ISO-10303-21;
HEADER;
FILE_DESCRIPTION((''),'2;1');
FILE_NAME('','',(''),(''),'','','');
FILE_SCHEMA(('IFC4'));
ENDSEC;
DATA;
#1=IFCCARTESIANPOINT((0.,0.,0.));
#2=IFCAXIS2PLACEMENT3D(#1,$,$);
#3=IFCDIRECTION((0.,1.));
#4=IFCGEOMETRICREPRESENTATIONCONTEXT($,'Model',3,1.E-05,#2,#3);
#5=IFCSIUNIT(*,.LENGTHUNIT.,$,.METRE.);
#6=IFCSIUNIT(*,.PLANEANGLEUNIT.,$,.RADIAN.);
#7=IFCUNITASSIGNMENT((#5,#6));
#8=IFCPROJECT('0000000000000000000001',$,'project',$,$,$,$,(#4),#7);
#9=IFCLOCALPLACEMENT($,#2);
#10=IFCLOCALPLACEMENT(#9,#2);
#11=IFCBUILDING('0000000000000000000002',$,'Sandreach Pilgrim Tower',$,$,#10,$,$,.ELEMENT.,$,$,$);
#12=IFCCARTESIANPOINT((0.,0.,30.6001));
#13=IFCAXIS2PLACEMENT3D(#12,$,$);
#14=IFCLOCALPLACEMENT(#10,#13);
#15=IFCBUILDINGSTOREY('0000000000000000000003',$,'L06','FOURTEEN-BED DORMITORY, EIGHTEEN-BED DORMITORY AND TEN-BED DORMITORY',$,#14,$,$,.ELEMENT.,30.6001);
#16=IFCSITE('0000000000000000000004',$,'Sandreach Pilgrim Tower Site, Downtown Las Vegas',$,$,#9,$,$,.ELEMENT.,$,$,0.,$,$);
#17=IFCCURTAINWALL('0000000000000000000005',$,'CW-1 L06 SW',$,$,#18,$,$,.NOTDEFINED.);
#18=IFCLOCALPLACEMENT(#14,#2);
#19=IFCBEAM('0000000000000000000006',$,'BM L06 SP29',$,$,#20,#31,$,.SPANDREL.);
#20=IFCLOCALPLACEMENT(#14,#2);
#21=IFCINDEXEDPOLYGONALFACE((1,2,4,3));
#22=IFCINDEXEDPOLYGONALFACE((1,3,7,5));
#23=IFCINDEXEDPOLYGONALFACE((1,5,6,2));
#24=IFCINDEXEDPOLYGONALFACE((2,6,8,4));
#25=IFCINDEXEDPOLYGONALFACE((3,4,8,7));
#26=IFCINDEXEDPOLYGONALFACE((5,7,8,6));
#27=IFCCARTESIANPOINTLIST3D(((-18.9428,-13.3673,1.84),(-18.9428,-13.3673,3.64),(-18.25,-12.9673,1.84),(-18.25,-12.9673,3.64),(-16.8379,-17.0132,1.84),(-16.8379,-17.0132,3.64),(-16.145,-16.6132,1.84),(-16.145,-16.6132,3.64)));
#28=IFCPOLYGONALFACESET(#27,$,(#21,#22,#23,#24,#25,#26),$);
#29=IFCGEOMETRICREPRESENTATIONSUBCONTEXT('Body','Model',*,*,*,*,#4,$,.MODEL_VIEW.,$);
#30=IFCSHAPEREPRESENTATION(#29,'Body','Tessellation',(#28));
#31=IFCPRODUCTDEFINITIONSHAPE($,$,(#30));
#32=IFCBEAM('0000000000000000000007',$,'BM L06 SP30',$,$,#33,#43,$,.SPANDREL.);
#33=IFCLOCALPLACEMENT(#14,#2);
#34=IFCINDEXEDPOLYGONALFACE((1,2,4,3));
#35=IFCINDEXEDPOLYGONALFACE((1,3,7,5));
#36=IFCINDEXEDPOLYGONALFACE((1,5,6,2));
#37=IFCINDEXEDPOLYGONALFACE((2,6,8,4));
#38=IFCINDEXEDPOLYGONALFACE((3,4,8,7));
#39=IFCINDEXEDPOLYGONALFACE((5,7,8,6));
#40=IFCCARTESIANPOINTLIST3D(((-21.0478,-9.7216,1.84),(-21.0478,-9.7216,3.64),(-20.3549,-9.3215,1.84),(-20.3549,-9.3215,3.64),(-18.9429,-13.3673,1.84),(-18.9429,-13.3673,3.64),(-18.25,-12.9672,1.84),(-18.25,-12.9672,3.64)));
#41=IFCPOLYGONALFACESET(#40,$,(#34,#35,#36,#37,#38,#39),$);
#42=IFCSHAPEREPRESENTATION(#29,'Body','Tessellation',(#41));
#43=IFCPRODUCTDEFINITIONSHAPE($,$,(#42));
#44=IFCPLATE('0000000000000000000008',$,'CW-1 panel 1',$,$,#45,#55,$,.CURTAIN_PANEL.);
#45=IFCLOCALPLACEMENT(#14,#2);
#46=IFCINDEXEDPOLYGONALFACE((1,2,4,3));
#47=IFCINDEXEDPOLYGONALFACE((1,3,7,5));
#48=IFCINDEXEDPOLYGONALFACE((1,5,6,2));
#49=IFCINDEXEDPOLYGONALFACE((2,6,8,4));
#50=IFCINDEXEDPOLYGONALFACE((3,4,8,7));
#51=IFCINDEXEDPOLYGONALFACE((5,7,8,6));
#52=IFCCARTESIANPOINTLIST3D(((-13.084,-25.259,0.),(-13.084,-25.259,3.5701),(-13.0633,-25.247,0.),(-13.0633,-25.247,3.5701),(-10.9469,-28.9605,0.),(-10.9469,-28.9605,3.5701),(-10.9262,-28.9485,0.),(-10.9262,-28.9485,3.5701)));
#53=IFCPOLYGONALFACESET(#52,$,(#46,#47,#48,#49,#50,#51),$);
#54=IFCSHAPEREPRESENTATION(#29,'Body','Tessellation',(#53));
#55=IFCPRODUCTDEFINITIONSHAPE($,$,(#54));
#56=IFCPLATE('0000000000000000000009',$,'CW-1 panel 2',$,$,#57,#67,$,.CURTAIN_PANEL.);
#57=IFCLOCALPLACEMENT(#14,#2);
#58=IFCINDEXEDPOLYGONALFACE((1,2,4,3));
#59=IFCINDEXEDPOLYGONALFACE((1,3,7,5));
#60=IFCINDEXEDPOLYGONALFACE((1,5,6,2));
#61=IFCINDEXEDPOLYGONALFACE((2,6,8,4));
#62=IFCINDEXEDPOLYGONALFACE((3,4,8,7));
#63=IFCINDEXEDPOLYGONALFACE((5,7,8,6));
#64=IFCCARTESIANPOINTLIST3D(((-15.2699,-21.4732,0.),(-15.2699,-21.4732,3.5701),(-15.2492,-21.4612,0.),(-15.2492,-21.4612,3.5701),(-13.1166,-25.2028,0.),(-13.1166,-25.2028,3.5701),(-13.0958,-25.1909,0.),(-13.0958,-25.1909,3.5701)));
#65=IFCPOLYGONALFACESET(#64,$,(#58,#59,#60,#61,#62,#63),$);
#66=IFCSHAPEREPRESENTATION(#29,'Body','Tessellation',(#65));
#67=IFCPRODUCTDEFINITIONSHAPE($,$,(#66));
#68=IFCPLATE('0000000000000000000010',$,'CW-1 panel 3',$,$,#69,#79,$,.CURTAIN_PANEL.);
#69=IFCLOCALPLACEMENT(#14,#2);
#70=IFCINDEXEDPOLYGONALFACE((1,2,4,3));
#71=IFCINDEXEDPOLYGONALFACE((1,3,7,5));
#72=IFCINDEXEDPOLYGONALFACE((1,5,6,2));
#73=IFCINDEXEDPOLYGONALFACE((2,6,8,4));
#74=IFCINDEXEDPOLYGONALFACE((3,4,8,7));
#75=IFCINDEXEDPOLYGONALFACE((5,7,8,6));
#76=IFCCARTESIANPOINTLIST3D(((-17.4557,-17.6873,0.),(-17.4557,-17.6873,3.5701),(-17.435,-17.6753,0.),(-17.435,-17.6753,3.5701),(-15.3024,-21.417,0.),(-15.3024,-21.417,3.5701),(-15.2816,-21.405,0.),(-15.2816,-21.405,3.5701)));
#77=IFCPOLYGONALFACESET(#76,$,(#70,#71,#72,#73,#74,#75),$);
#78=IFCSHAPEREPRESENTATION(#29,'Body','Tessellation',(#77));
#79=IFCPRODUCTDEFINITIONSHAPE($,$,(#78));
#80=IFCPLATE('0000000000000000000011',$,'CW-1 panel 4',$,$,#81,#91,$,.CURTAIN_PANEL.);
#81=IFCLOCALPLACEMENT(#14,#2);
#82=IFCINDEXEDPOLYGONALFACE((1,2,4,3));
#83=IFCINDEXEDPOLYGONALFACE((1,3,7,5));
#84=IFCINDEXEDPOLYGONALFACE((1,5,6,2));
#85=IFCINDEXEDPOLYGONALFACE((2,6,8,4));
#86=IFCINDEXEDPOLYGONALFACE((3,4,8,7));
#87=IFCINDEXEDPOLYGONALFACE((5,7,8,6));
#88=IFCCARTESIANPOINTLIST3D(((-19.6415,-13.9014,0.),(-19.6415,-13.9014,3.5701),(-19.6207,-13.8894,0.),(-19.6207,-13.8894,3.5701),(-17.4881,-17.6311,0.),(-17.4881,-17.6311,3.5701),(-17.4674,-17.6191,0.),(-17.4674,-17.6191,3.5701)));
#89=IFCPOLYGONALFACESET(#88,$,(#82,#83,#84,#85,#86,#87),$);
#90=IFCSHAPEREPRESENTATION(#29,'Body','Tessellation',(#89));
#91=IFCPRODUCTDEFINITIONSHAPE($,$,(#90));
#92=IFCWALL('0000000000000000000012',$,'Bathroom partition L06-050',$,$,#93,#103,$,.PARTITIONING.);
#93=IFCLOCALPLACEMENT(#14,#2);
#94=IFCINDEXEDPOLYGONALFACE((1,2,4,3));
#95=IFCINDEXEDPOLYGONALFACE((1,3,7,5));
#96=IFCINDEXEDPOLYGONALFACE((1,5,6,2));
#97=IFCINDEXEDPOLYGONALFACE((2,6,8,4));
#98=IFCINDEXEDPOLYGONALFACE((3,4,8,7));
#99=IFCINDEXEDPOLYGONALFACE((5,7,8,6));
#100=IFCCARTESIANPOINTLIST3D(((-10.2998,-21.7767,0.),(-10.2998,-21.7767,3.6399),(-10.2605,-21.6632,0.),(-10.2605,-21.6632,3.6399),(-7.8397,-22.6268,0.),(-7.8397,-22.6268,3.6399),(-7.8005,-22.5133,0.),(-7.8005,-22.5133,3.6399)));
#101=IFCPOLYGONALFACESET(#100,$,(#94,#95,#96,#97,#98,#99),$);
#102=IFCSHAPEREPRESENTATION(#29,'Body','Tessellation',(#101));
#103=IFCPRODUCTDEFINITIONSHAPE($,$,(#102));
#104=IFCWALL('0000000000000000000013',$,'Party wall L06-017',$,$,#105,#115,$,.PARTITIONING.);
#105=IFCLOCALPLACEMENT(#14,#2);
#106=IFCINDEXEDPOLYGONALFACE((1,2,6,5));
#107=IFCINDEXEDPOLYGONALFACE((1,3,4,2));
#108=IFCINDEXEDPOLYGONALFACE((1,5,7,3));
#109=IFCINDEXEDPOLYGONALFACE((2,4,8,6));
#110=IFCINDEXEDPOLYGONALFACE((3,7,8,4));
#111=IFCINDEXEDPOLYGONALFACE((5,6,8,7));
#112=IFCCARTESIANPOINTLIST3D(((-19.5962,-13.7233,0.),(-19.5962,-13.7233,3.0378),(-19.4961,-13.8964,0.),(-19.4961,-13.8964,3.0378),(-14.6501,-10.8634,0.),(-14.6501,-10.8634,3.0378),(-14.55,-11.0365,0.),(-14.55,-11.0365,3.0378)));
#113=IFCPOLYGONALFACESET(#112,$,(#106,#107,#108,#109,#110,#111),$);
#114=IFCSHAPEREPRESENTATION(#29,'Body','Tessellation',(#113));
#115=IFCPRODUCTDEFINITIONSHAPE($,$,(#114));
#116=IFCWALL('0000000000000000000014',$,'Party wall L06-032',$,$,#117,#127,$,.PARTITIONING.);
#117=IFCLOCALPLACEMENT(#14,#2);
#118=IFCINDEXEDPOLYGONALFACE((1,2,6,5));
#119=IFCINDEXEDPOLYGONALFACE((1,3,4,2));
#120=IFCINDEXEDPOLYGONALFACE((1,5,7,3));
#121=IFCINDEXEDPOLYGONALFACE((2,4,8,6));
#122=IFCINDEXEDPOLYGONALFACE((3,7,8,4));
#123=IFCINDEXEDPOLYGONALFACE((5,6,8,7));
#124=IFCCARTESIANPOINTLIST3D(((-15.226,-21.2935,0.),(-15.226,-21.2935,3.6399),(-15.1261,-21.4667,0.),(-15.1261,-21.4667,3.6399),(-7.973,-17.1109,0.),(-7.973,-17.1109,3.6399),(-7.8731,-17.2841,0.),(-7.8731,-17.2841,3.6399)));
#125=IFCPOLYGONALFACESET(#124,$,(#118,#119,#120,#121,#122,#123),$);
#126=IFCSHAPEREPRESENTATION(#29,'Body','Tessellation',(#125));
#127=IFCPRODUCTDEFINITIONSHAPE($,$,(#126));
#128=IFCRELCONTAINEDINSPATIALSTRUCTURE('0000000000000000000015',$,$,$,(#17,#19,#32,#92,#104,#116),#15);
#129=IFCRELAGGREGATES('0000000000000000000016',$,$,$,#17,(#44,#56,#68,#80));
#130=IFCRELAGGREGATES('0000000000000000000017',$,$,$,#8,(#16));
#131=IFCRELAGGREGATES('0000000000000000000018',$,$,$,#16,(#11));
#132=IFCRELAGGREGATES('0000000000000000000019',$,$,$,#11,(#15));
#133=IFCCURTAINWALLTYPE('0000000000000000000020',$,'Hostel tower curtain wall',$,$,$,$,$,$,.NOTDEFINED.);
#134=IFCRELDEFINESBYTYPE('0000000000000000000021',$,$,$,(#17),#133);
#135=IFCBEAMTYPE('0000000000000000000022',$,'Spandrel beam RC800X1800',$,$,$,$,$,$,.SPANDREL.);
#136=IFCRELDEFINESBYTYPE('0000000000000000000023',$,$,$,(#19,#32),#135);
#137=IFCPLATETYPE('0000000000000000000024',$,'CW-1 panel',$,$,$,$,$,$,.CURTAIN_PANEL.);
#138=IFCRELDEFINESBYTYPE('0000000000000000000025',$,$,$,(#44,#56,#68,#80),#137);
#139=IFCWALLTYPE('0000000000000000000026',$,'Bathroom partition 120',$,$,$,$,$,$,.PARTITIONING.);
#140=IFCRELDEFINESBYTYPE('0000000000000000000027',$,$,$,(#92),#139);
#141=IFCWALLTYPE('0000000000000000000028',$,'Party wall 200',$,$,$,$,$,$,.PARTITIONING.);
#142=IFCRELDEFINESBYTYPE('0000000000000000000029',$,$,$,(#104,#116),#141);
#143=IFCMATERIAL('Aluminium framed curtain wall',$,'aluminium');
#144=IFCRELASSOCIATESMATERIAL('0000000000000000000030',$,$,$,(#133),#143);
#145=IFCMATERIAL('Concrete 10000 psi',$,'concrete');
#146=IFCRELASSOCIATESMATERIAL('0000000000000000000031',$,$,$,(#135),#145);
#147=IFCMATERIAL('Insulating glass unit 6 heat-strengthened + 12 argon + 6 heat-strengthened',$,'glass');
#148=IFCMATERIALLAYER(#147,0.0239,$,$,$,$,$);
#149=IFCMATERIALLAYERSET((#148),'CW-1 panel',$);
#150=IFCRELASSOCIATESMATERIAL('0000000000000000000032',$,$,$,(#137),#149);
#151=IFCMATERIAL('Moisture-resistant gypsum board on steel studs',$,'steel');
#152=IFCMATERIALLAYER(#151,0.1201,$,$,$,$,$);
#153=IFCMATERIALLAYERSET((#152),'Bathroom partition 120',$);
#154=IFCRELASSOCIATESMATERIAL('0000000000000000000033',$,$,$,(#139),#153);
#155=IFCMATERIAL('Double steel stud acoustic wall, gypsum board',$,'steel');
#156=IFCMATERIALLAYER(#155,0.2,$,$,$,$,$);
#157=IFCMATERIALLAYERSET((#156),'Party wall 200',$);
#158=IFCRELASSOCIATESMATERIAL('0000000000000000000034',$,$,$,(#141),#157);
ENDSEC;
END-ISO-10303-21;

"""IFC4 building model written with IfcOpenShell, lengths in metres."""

from ifc_helpers import new_model, si_unit, direction, frame, frame_2d, origin, origin_2d, place, context, subcontext, project, spatial, rectangle, extrude, material, layer, layer_set, material_profile, profile_set, type_object, element, aggregate, save


model = new_model("IFC4")

# Units and contexts
model_context = context("Model", 3, precision=1e-05, world=origin(), true_north=direction((0.0, 1.0)))
body_context = subcontext(model_context, "Body", "Model", "MODEL_VIEW")
ifc_project = project(units=[si_unit("LENGTHUNIT", "METRE"), si_unit("PLANEANGLEUNIT", "RADIAN")], contexts=[model_context])

# Site, building, storey
site_placement = place(None, origin())
site = spatial("IfcSite", under=ifc_project, at=site_placement, Name="Sandreach Pilgrim Tower Site, Downtown Las Vegas", CompositionType="ELEMENT", RefElevation=0.0)
building_placement = place(site_placement, origin())
building = spatial("IfcBuilding", under=site, at=building_placement, Name="Sandreach Pilgrim Tower", CompositionType="ELEMENT")
storey_placement = place(building_placement, frame((0.0, 0.0, 30.6001)))
storey = spatial("IfcBuildingStorey", under=building, at=storey_placement, Name="L06", Description="FOURTEEN-BED DORMITORY, EIGHTEEN-BED DORMITORY AND TEN-BED DORMITORY", CompositionType="ELEMENT", Elevation=30.6001)

# Curtain wall
ifc_material_1 = material(Name="Aluminium framed curtain wall", Category="aluminium")
curtain_wall_type = type_object("IfcCurtainWallType", Name="Hostel tower curtain wall", PredefinedType="NOTDEFINED", material=ifc_material_1)
curtain_wall_placement = place(storey_placement, origin())
curtain_wall = element("IfcCurtainWall", 1, at=curtain_wall_placement, inside=storey, type_object=curtain_wall_type, Name="CW-1 L06 SW", PredefinedType="NOTDEFINED")

# Beams
ifc_material_2 = material(Name="Concrete 10000 psi", Category="concrete")
ifc_material_profile_1 = material_profile(ifc_material_2, rectangle(XDim=0.8, YDim=1.8, at=origin_2d()), Name="RC800X1800")
ifc_profile_set_1 = profile_set([ifc_material_profile_1], Name="Concrete 10000 psi")
beam_type_1 = type_object("IfcBeamType", Name="Spandrel beam RC800X1800", PredefinedType="SPANDREL", material=ifc_profile_set_1)
beam_1_placement = place(storey_placement, frame((-16.4915, -16.8132, 2.74), z_axis=(-0.499994, 0.866029, 0.0), x_axis=(-0.866029, -0.499994, 0.0)))
element("IfcBeam", 2, at=beam_1_placement, inside=storey, type_object=beam_type_1, Name="BM L06 SP29", PredefinedType="SPANDREL", context=body_context, shape_type="SweptSolid", body=[
    extrude(rectangle(XDim=0.8, YDim=1.8, at=origin_2d()), origin(), (0.0, 0.0, 1.0), 4.21),
])
beam_2_placement = place(storey_placement, frame((-18.5964, -13.1672, 2.74), z_axis=(-0.500019, 0.866015, 0.0), x_axis=(-0.866015, -0.500019, 0.0)))
element("IfcBeam", 3, at=beam_2_placement, inside=storey, type_object=beam_type_1, Name="BM L06 SP30", PredefinedType="SPANDREL", context=body_context, shape_type="SweptSolid", body=[
    extrude(rectangle(XDim=0.8, YDim=1.8, at=origin_2d()), origin(), (0.0, 0.0, 1.0), 4.2097),
])

# Plates
ifc_material_3 = material(Name="Insulating glass unit 6 heat-strengthened + 12 argon + 6 heat-strengthened", Category="glass")
ifc_layer_1 = layer(ifc_material_3, 0.0239)
ifc_layer_set_1 = layer_set([ifc_layer_1], Name="CW-1 panel")
plate_type = type_object("IfcPlateType", Name="CW-1 panel", PredefinedType="CURTAIN_PANEL", material=ifc_layer_set_1)
plate_1_placement = place(storey_placement, frame((-12.0051, -27.1038, 0.0), z_axis=(0.0, 0.0, 1.0), x_axis=(-0.5, 0.866025, 0.0)))
plate_1 = element("IfcPlate", 4, at=plate_1_placement, type_object=plate_type, Name="CW-1 panel 1", PredefinedType="CURTAIN_PANEL", context=body_context, shape_type="SweptSolid", body=[
    extrude(rectangle(XDim=4.2742, YDim=0.0239, at=origin_2d()), origin(), (0.0, 0.0, 1.0), 3.5701),
])
plate_2_placement = place(storey_placement, frame((-14.1829, -23.332, 0.0), z_axis=(0.0, 0.0, 1.0), x_axis=(-0.5, 0.866025, 0.0)))
plate_2 = element("IfcPlate", 5, at=plate_2_placement, type_object=plate_type, Name="CW-1 panel 2", PredefinedType="CURTAIN_PANEL", context=body_context, shape_type="SweptSolid", body=[
    extrude(rectangle(XDim=4.3066, YDim=0.0239, at=origin_2d()), origin(), (0.0, 0.0, 1.0), 3.5701),
])
plate_3_placement = place(storey_placement, frame((-16.3687, -19.5461, 0.0), z_axis=(0.0, 0.0, 1.0), x_axis=(-0.5, 0.866025, 0.0)))
plate_3 = element("IfcPlate", 6, at=plate_3_placement, type_object=plate_type, Name="CW-1 panel 3", PredefinedType="CURTAIN_PANEL", context=body_context, shape_type="SweptSolid", body=[
    extrude(rectangle(XDim=4.3066, YDim=0.0239, at=origin_2d()), origin(), (0.0, 0.0, 1.0), 3.5701),
])
plate_4_placement = place(storey_placement, frame((-18.5544, -15.7603, 0.0), z_axis=(0.0, 0.0, 1.0), x_axis=(-0.5, 0.866025, 0.0)))
plate_4 = element("IfcPlate", 7, at=plate_4_placement, type_object=plate_type, Name="CW-1 panel 4", PredefinedType="CURTAIN_PANEL", context=body_context, shape_type="SweptSolid", body=[
    extrude(rectangle(XDim=4.3066, YDim=0.0239, at=origin_2d()), origin(), (0.0, 0.0, 1.0), 3.5701),
])
aggregate(curtain_wall, [plate_1, plate_2, plate_3, plate_4])

# Walls
ifc_material_4 = material(Name="Moisture-resistant gypsum board on steel studs", Category="steel")
ifc_layer_2 = layer(ifc_material_4, 0.1201)
ifc_layer_set_2 = layer_set([ifc_layer_2], Name="Bathroom partition 120")
wall_type_1 = type_object("IfcWallType", Name="Bathroom partition 120", PredefinedType="PARTITIONING", material=ifc_layer_set_2)
wall_1_placement = place(storey_placement, frame((-10.28, -21.72, 0.0), z_axis=(0.0, 0.0, 1.0), x_axis=(0.945155, -0.326621, 0.0)))
element("IfcWall", 8, at=wall_1_placement, inside=storey, type_object=wall_type_1, Name="Bathroom partition L06-050", PredefinedType="PARTITIONING", context=body_context, shape_type="SweptSolid", body=[
    extrude(rectangle(XDim=2.6028, YDim=0.1201, at=frame_2d((1.3013, 0.0))), origin(), (0.0, 0.0, 1.0), 3.6399),
])
ifc_material_5 = material(Name="Double steel stud acoustic wall, gypsum board", Category="steel")
ifc_layer_3 = layer(ifc_material_5, 0.2)
ifc_layer_set_3 = layer_set([ifc_layer_3], Name="Party wall 200")
wall_type_2 = type_object("IfcWallType", Name="Party wall 200", PredefinedType="PARTITIONING", material=ifc_layer_set_3)
wall_2_placement = place(storey_placement, frame((-19.5461, -13.8098, 0.0), z_axis=(0.0, 0.0, 1.0), x_axis=(0.865702, 0.500559, 0.0)))
element("IfcWall", 9, at=wall_2_placement, inside=storey, type_object=wall_type_2, Name="Party wall L06-017", PredefinedType="PARTITIONING", context=body_context, shape_type="SweptSolid", body=[
    extrude(rectangle(XDim=5.7134, YDim=0.2, at=frame_2d((2.8567, 0.0))), origin(), (0.0, 0.0, 1.0), 3.0378),
])
wall_3_placement = place(storey_placement, frame((-15.176, -21.3801, 0.0), z_axis=(0.0, 0.0, 1.0), x_axis=(0.866277, 0.499564, 0.0)))
element("IfcWall", 10, at=wall_3_placement, inside=storey, type_object=wall_type_2, Name="Party wall L06-032", PredefinedType="PARTITIONING", context=body_context, shape_type="SweptSolid", body=[
    extrude(rectangle(XDim=8.3726, YDim=0.2, at=frame_2d((4.1863, 0.0))), origin(), (0.0, 0.0, 1.0), 3.6399),
])

save(model, "model.ifc")
